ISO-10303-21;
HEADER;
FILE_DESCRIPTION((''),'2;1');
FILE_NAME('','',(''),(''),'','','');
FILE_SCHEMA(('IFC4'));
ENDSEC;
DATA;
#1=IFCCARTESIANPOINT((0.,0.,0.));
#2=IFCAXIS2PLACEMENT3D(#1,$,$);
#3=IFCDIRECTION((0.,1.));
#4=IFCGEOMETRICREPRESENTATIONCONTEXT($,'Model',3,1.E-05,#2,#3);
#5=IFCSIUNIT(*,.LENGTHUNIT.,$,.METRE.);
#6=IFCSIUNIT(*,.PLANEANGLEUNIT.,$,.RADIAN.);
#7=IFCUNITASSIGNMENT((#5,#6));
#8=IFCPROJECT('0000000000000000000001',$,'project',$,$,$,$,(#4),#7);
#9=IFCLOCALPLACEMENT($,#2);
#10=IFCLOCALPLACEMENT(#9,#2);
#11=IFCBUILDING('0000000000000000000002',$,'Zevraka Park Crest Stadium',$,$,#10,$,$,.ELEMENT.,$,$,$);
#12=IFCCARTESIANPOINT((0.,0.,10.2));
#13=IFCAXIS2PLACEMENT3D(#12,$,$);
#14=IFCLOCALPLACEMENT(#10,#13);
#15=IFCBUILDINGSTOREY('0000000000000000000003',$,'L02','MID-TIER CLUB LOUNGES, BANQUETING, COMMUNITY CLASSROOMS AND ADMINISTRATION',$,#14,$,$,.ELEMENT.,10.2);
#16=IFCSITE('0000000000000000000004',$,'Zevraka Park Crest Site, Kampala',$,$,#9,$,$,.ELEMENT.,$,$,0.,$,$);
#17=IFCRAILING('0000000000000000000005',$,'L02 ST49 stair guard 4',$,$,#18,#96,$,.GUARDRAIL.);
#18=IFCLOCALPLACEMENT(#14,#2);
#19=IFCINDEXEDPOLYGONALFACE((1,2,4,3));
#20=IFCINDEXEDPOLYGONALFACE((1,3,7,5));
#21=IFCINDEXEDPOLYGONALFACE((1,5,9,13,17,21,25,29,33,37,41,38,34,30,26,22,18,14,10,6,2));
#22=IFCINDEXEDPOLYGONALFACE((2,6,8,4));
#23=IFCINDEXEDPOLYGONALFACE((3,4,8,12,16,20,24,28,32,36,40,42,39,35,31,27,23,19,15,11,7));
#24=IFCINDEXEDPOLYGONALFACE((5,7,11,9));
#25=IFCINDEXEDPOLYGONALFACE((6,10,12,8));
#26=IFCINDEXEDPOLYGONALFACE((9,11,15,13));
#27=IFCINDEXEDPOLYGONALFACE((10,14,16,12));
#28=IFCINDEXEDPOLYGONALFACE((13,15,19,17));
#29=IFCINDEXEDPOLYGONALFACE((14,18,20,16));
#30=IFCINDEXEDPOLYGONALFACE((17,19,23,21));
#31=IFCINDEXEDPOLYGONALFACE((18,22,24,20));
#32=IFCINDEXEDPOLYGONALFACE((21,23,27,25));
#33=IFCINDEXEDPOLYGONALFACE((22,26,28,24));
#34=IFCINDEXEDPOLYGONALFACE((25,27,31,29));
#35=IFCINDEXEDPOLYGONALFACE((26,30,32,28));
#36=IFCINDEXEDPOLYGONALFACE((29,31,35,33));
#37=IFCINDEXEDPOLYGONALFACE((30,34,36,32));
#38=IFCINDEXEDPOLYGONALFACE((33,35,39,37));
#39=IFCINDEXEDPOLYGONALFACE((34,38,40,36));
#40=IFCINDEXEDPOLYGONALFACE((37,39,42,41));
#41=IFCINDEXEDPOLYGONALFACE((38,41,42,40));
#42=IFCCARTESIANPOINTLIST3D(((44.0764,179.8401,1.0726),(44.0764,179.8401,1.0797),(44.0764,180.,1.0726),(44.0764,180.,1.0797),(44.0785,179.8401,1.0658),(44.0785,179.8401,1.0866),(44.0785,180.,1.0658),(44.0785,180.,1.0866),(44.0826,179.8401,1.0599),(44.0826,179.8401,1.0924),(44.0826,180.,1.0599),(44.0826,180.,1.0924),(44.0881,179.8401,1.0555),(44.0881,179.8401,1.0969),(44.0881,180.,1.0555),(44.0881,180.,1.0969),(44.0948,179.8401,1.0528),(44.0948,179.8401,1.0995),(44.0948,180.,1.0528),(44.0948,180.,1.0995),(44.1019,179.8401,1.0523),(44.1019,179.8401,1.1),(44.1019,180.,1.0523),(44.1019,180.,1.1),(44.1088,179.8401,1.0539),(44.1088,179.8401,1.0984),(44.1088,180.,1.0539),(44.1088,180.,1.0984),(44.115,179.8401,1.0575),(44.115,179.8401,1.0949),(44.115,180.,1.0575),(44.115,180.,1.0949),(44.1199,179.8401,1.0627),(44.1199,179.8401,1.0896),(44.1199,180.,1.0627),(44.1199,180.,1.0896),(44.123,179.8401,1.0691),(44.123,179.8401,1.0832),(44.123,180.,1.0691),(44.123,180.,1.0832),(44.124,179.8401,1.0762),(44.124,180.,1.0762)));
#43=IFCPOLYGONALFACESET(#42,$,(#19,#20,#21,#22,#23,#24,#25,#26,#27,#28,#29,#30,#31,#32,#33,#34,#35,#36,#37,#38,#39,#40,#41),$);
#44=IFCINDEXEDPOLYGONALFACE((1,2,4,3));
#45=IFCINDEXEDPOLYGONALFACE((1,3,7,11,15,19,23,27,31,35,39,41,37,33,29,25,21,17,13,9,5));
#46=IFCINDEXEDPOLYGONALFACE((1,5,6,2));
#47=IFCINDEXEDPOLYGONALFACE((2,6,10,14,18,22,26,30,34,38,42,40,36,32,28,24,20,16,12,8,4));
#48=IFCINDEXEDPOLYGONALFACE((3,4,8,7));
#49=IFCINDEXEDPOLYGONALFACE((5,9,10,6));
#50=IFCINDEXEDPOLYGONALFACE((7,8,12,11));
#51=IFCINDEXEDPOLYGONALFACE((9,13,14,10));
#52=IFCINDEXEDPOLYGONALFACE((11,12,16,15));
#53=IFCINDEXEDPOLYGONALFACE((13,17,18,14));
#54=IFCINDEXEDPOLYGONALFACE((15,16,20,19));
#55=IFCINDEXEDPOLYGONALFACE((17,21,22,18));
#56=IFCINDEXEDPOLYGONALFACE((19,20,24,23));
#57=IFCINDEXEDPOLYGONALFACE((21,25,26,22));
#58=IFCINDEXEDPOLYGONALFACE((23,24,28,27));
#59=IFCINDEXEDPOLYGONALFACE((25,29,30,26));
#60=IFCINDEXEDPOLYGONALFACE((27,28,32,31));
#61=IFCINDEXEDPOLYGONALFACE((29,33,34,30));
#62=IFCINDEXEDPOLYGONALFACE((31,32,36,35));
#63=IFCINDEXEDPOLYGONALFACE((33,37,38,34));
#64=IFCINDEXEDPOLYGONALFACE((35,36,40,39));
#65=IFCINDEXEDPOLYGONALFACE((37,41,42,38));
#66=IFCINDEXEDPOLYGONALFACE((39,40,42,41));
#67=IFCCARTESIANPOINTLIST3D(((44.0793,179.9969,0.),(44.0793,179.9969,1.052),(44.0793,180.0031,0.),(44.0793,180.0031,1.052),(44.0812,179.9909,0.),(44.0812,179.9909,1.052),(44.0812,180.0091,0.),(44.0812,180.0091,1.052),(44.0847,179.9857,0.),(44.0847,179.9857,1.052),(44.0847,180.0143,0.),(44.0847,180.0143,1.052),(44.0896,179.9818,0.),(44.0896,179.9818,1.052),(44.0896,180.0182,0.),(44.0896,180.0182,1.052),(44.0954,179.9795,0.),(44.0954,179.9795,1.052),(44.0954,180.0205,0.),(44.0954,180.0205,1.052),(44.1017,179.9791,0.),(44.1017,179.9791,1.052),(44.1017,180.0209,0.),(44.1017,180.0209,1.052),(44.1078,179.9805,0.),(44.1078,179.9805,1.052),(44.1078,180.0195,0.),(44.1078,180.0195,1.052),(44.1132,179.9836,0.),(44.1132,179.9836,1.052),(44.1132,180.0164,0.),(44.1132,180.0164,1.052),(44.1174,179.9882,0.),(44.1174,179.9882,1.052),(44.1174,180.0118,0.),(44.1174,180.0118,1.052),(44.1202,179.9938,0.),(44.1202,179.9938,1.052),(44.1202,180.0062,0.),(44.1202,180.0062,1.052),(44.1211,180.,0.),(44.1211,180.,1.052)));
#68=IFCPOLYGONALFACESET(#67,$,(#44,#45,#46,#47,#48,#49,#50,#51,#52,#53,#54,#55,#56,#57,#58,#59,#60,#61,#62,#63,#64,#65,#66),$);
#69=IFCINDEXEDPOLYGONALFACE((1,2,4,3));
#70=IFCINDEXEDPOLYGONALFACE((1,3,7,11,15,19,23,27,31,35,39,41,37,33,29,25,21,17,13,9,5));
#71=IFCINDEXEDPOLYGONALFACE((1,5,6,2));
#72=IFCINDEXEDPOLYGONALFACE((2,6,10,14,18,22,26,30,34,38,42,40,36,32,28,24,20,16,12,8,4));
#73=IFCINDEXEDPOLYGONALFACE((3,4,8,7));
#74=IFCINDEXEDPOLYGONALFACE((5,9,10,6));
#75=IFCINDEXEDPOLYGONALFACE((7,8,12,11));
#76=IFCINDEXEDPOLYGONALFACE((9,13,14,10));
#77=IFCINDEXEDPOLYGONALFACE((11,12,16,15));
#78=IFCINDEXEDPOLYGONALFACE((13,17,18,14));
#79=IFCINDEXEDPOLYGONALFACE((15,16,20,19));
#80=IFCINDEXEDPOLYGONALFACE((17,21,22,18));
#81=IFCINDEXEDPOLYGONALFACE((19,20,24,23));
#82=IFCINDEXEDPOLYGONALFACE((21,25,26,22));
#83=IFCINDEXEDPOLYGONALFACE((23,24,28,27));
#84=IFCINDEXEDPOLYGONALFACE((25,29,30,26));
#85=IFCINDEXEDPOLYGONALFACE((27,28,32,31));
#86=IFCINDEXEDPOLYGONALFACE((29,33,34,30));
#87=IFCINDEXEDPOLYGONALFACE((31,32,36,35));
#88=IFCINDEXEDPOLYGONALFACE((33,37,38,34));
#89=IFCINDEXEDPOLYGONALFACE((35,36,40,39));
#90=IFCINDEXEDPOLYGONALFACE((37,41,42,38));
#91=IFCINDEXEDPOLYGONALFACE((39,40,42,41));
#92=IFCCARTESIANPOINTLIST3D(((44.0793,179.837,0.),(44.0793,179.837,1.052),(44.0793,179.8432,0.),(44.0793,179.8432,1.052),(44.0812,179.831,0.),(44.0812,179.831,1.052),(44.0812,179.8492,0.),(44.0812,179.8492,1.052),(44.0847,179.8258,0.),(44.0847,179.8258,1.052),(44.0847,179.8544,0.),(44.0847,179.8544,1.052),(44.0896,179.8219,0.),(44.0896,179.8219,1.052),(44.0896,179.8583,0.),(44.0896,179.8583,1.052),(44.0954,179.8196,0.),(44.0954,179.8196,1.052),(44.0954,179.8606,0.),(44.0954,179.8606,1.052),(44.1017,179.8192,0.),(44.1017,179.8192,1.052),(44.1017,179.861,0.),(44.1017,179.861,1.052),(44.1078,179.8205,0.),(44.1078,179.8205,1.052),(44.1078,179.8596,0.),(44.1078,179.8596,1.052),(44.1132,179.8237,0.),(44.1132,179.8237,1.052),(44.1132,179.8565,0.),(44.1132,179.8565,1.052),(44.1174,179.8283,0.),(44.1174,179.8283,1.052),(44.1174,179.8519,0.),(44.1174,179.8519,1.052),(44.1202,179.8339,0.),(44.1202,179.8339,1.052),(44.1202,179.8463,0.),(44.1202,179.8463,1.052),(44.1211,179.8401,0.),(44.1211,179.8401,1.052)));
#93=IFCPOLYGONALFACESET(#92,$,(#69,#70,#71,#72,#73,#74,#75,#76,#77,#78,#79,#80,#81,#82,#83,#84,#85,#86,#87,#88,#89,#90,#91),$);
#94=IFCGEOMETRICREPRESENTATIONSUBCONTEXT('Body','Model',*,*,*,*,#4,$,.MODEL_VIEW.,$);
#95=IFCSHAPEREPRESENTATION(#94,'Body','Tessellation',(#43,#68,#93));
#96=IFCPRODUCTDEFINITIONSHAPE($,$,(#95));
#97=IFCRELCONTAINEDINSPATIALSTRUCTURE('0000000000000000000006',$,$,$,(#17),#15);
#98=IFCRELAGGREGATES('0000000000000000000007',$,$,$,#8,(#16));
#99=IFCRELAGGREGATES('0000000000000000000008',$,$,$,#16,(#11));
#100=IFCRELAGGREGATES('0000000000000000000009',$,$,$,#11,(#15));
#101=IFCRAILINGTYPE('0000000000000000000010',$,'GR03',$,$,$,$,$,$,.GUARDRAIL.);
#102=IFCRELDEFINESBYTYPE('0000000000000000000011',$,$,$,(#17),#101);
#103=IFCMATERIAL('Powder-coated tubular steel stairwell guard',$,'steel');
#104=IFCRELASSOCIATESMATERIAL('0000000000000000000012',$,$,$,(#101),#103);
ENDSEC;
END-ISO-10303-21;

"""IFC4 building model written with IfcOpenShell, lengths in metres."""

from ifc_helpers import new_model, si_unit, direction, frame, origin, origin_2d, place, context, subcontext, project, spatial, circle, extrude, material, type_object, element, save


model = new_model("IFC4")

# Units and contexts
model_context = context("Model", 3, precision=1e-05, world=origin(), true_north=direction((0.0, 1.0)))
body_context = subcontext(model_context, "Body", "Model", "MODEL_VIEW")
ifc_project = project(units=[si_unit("LENGTHUNIT", "METRE"), si_unit("PLANEANGLEUNIT", "RADIAN")], contexts=[model_context])

# Site, building, storey
site_placement = place(None, origin())
site = spatial("IfcSite", under=ifc_project, at=site_placement, Name="Zevraka Park Crest Site, Kampala", CompositionType="ELEMENT", RefElevation=0.0)
building_placement = place(site_placement, origin())
building = spatial("IfcBuilding", under=site, at=building_placement, Name="Zevraka Park Crest Stadium", CompositionType="ELEMENT")
storey_placement = place(building_placement, frame((0.0, 0.0, 10.2)))
storey = spatial("IfcBuildingStorey", under=building, at=storey_placement, Name="L02", Description="MID-TIER CLUB LOUNGES, BANQUETING, COMMUNITY CLASSROOMS AND ADMINISTRATION", CompositionType="ELEMENT", Elevation=10.2)

# Railing
ifc_material_1 = material(Name="Powder-coated tubular steel stairwell guard", Category="steel")
railing_type_1 = type_object("IfcRailingType", Name="GR03", PredefinedType="GUARDRAIL", material=ifc_material_1)
railing_1_placement = place(storey_placement, frame((44.1001, 180.0, 0.0)))
element("IfcRailing", 1, at=railing_1_placement, inside=storey, type_object=railing_type_1, Name="L02 ST49 stair guard 4", PredefinedType="GUARDRAIL", context=body_context, shape_type="SweptSolid", body=[
    extrude(circle(Radius=0.0239, at=origin_2d()), frame((0.0, 0.0, 1.0762), z_axis=(0.0, -1.0, 0.0), x_axis=(1.0, 0.0, 0.0)), (0.0, 0.0, 1.0), 0.1599),
    extrude(circle(Radius=0.021, at=origin_2d()), origin(), (0.0, 0.0, 1.0), 1.052),
    extrude(circle(Radius=0.021, at=origin_2d()), frame((0.0, -0.1599, 0.0)), (0.0, 0.0, 1.0), 1.052),
])

save(model, "model.ifc")
